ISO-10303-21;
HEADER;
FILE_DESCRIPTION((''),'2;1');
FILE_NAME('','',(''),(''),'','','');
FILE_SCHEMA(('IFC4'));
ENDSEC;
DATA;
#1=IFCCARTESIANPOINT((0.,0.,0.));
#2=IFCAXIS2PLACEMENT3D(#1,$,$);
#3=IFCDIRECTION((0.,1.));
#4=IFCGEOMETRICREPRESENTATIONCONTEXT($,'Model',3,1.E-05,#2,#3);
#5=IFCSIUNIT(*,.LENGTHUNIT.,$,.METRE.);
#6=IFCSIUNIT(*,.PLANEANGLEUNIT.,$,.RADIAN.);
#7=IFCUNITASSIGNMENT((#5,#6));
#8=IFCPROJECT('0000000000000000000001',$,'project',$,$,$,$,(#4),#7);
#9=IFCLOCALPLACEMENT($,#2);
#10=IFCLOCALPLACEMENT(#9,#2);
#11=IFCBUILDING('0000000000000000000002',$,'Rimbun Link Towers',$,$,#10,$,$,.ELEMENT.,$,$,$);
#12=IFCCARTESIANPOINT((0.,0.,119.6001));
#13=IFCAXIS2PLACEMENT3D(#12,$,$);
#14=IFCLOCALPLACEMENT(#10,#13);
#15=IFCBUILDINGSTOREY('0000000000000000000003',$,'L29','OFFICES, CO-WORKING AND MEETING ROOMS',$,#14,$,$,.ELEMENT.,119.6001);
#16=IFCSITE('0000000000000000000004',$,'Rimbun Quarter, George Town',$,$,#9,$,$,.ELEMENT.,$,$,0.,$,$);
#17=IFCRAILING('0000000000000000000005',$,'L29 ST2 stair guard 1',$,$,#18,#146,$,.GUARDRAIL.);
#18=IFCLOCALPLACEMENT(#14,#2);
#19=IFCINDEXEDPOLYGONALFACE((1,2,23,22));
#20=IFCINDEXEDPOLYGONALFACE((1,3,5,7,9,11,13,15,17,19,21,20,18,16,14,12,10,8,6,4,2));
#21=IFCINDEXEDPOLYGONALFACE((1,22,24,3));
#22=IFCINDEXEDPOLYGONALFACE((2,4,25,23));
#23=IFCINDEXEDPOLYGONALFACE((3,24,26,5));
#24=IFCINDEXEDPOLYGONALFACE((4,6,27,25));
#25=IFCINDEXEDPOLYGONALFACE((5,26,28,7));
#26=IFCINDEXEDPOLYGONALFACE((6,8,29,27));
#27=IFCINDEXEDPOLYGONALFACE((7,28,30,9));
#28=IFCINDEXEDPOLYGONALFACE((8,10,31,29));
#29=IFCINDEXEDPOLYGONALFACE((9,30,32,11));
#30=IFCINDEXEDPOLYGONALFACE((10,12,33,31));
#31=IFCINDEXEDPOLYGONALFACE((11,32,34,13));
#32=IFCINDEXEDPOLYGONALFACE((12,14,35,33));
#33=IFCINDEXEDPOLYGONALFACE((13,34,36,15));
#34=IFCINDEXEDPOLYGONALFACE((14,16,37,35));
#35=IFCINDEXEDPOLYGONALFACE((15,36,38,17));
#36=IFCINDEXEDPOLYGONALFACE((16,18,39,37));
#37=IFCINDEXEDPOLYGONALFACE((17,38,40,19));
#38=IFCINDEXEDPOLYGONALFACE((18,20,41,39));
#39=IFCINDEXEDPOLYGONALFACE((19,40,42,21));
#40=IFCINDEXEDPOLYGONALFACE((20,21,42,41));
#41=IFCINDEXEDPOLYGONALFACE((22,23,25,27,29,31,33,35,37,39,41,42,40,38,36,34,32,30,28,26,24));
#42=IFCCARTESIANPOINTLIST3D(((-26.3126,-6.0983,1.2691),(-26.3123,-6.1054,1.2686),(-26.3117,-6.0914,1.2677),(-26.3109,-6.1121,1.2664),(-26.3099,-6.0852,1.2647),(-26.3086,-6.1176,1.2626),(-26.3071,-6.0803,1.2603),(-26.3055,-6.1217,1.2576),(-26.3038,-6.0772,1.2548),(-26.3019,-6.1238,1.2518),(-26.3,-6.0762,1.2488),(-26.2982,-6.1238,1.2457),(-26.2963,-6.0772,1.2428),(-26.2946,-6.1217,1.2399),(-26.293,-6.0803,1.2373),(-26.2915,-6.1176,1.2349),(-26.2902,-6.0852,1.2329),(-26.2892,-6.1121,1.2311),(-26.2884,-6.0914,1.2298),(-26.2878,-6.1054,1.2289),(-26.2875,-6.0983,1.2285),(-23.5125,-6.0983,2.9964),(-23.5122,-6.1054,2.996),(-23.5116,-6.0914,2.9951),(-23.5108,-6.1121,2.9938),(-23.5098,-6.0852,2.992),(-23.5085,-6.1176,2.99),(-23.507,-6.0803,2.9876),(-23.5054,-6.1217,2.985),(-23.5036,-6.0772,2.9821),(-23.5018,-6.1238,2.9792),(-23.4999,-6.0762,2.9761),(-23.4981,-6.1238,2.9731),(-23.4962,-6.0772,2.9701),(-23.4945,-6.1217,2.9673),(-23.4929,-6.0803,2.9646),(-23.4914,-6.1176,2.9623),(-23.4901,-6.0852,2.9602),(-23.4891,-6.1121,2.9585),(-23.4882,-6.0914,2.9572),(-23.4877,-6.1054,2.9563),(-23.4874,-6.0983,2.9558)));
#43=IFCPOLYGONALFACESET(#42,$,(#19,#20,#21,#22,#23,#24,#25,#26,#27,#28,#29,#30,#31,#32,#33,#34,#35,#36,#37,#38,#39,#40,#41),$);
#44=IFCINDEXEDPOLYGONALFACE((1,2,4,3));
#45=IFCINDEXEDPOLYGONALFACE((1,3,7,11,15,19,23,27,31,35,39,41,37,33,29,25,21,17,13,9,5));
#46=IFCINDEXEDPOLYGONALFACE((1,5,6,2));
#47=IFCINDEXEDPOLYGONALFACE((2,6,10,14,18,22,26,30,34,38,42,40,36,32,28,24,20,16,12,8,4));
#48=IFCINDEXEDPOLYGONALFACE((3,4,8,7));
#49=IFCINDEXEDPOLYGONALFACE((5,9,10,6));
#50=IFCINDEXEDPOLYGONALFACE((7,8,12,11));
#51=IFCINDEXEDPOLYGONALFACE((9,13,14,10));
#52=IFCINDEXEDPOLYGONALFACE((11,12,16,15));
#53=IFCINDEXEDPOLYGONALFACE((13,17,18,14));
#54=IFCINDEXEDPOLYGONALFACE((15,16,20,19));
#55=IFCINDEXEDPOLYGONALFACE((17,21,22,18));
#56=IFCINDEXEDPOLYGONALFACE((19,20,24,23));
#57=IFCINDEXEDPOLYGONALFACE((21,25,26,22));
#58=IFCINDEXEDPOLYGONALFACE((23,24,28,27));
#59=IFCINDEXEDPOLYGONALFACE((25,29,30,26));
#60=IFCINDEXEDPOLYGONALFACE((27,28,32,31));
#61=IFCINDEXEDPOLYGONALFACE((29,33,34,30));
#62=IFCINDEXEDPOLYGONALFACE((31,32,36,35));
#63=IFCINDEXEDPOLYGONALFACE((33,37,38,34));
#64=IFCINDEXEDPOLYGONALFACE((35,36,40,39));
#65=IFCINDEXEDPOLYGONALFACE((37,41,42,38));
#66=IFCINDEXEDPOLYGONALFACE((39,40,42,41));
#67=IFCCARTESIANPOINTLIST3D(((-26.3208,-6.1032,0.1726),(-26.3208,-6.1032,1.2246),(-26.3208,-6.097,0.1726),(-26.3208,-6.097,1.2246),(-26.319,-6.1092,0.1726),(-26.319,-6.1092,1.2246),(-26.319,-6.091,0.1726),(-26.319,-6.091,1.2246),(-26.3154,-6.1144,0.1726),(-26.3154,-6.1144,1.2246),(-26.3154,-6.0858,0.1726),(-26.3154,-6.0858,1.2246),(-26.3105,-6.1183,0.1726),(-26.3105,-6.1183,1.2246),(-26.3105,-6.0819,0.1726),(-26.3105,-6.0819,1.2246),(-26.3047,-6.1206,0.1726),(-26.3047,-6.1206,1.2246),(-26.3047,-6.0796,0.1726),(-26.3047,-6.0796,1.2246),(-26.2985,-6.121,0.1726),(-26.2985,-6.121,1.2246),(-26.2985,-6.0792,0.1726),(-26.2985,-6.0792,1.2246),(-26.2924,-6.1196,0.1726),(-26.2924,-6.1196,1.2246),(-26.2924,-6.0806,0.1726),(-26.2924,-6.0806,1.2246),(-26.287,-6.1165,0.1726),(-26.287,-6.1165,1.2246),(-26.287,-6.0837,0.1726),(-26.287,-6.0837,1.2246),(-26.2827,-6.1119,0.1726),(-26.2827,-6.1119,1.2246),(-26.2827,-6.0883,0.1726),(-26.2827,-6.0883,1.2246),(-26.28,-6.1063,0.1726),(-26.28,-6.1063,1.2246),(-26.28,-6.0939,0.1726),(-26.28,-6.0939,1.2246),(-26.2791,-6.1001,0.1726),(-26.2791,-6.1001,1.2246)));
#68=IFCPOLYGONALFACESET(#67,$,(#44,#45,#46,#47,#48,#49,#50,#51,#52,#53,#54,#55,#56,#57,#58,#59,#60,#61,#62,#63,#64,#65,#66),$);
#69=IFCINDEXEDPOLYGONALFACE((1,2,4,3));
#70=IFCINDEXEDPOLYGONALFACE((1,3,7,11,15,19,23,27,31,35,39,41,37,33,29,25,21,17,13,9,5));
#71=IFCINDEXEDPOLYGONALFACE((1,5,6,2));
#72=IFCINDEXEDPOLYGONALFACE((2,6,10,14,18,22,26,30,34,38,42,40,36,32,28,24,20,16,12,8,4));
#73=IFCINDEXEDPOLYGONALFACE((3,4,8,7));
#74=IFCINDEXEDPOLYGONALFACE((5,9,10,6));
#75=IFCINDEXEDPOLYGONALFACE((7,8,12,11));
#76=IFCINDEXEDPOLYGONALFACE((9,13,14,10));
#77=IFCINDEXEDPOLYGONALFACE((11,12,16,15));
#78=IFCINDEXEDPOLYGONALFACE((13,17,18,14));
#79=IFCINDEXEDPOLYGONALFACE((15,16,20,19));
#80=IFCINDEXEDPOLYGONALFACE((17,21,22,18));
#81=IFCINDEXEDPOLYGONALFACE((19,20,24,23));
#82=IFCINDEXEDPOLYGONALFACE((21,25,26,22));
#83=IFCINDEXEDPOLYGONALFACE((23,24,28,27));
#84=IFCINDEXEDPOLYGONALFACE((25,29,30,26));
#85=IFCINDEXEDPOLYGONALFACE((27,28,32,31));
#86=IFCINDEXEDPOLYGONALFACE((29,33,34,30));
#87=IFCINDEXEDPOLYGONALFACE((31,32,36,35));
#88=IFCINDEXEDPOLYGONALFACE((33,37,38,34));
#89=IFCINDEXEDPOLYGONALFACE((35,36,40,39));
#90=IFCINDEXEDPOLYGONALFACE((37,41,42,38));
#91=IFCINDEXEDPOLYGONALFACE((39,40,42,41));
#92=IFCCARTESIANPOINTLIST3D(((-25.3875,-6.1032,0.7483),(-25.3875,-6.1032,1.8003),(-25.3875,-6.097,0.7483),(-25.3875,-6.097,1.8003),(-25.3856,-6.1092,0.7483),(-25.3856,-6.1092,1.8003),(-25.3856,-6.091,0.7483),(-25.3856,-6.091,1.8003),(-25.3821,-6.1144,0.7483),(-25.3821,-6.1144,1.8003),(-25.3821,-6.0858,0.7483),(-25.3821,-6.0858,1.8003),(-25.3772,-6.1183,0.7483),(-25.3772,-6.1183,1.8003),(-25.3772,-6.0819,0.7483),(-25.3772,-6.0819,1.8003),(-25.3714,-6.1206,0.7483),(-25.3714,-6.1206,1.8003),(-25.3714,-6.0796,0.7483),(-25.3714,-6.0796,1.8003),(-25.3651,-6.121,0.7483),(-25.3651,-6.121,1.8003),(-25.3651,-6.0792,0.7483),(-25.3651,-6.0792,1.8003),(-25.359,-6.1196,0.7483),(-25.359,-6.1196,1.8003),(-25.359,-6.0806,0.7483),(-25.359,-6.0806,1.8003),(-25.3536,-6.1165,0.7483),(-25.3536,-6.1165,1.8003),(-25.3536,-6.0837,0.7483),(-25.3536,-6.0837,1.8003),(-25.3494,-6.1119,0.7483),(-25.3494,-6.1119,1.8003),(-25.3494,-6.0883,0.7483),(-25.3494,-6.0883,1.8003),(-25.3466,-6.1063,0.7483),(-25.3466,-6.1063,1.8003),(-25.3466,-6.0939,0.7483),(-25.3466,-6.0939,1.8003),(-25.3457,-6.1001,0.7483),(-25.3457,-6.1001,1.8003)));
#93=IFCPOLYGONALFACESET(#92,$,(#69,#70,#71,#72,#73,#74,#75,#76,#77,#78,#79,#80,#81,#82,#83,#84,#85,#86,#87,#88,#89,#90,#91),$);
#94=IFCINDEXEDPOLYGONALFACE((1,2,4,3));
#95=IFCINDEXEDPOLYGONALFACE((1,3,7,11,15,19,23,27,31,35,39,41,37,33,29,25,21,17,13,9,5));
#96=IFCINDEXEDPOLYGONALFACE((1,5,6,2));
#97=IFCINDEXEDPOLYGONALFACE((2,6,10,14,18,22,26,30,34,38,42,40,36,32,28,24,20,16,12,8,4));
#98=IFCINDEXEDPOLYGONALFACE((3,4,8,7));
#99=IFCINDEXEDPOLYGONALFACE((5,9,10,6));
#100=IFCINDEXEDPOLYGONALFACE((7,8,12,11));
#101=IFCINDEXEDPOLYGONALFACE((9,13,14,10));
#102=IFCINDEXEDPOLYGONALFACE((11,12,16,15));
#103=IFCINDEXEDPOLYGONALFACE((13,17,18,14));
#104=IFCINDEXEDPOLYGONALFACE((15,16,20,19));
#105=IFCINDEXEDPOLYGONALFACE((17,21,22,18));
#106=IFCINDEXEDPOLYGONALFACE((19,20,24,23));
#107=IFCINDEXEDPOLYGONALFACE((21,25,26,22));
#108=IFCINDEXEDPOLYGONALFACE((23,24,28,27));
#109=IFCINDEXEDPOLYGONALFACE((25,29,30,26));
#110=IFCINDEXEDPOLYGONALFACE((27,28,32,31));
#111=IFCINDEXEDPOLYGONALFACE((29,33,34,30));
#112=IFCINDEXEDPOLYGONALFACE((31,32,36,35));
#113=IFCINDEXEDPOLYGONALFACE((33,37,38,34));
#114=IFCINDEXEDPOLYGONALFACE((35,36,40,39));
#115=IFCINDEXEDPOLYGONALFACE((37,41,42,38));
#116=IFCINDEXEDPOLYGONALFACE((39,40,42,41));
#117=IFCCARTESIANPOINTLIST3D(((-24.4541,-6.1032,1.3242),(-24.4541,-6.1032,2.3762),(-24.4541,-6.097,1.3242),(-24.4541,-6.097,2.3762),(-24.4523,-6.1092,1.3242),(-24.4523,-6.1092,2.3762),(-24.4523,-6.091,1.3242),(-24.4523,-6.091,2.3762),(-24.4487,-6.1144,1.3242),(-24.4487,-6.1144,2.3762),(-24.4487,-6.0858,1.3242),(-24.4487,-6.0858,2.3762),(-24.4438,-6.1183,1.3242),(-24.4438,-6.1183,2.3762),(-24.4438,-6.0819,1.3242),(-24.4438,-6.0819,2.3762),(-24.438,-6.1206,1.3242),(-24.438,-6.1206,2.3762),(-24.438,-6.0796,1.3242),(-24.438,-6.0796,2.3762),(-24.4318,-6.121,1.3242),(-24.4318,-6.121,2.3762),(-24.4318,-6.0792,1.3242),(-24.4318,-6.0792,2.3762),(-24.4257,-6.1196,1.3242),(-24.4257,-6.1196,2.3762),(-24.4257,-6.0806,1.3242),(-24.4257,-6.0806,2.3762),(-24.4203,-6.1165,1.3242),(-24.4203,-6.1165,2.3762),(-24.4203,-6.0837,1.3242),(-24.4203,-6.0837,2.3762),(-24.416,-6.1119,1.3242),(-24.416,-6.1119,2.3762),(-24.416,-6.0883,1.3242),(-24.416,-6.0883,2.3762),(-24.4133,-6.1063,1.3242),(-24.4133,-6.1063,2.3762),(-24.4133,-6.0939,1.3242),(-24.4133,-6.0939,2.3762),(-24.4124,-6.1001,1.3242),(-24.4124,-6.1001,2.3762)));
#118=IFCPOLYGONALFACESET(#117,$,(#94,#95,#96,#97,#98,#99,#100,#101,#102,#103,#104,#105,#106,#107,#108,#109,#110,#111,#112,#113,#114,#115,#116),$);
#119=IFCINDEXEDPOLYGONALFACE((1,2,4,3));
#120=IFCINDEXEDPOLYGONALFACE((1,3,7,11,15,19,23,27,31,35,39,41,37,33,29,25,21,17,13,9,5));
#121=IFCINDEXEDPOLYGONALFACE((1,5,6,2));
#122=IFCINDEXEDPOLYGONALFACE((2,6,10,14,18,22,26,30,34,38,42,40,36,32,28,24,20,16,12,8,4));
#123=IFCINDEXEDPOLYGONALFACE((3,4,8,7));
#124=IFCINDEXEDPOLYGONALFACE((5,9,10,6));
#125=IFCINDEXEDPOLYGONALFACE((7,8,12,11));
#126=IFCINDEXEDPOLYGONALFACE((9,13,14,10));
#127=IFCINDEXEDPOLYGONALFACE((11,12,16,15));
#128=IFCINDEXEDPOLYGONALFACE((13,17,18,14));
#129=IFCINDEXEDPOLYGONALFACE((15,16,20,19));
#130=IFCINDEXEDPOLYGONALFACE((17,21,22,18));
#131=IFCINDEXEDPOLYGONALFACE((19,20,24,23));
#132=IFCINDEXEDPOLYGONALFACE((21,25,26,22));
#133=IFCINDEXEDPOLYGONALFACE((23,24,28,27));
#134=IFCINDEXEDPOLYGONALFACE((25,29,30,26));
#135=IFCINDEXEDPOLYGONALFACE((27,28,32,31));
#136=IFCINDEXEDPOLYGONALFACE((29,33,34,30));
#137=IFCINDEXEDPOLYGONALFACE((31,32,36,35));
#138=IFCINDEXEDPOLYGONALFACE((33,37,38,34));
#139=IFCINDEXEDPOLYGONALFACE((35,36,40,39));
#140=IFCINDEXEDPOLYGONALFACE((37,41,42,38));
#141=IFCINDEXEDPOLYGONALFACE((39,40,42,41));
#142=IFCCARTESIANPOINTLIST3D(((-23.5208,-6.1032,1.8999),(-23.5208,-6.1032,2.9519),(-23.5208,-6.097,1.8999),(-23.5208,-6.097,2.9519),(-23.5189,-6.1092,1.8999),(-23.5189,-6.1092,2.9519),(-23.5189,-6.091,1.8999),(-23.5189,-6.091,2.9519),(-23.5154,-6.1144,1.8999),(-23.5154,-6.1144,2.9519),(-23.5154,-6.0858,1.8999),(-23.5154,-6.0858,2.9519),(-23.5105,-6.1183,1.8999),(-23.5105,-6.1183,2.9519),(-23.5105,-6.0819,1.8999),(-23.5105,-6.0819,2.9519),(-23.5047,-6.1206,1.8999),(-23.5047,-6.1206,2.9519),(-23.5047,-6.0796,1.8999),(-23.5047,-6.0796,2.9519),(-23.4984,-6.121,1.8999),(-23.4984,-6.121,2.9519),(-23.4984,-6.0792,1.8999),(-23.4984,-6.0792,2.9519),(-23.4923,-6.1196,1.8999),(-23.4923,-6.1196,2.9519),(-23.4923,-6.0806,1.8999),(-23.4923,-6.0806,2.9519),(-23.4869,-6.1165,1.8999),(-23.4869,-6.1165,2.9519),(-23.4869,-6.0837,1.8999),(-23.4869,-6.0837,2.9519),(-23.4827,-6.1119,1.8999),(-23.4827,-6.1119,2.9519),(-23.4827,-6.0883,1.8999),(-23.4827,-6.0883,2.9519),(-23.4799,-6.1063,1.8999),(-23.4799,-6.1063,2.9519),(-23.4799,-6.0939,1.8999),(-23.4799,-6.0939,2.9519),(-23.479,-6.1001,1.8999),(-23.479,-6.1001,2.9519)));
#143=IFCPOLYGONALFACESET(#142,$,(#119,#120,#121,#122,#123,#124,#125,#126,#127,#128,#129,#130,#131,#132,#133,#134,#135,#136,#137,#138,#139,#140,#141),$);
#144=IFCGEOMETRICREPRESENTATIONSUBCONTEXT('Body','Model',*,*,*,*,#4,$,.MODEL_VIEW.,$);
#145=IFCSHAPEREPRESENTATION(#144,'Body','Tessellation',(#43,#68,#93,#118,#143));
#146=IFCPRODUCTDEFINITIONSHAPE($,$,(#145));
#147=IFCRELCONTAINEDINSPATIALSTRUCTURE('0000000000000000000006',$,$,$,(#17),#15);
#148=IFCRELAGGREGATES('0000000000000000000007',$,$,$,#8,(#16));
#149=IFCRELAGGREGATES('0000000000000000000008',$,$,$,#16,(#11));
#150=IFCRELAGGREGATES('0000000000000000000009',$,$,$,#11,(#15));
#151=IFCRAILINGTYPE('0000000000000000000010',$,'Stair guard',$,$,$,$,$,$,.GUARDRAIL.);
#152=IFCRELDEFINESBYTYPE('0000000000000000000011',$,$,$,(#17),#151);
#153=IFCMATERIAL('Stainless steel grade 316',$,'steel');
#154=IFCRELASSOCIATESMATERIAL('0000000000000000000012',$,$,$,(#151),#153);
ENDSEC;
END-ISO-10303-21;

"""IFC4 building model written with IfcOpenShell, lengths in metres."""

from ifc_helpers import new_model, si_unit, direction, frame, origin, origin_2d, place, context, subcontext, project, spatial, circle, extrude, material, type_object, element, save


model = new_model("IFC4")

# Units and contexts
model_context = context("Model", 3, precision=1e-05, world=origin(), true_north=direction((0.0, 1.0)))
body_context = subcontext(model_context, "Body", "Model", "MODEL_VIEW")
ifc_project = project(units=[si_unit("LENGTHUNIT", "METRE"), si_unit("PLANEANGLEUNIT", "RADIAN")], contexts=[model_context])

# Site, building, storey
site_placement = place(None, origin())
site = spatial("IfcSite", under=ifc_project, at=site_placement, Name="Rimbun Quarter, George Town", CompositionType="ELEMENT", RefElevation=0.0)
building_placement = place(site_placement, origin())
building = spatial("IfcBuilding", under=site, at=building_placement, Name="Rimbun Link Towers", CompositionType="ELEMENT")
storey_placement = place(building_placement, frame((0.0, 0.0, 119.6001)))
storey = spatial("IfcBuildingStorey", under=building, at=storey_placement, Name="L29", Description="OFFICES, CO-WORKING AND MEETING ROOMS", CompositionType="ELEMENT", Elevation=119.6001)

# Railing
ifc_material_1 = material(Name="Stainless steel grade 316", Category="steel")
railing_type_1 = type_object("IfcRailingType", Name="Stair guard", PredefinedType="GUARDRAIL", material=ifc_material_1)
railing_1_placement = place(storey_placement, frame((-26.3, -6.1001, 0.1726)))
element("IfcRailing", 1, at=railing_1_placement, inside=storey, type_object=railing_type_1, Name="L29 ST2 stair guard 1", PredefinedType="GUARDRAIL", context=body_context, shape_type="SweptSolid", body=[
    extrude(circle(Radius=0.0239, at=origin_2d()), frame((0.0, 0.0, 1.0762), z_axis=(0.85109, 0.0, 0.52502), x_axis=(0.0, 1.0, 0.0)), (0.0, 0.0, 1.0), 3.29),
    extrude(circle(Radius=0.021, at=origin_2d()), origin(), (0.0, 0.0, 1.0), 1.052),
    extrude(circle(Radius=0.021, at=origin_2d()), frame((0.9333, 0.0, 0.5757)), (0.0, 0.0, 1.0), 1.052),
    extrude(circle(Radius=0.021, at=origin_2d()), frame((1.8667, 0.0, 1.1516)), (0.0, 0.0, 1.0), 1.052),
    extrude(circle(Radius=0.021, at=origin_2d()), frame((2.8, 0.0, 1.7273)), (0.0, 0.0, 1.0), 1.052),
])

save(model, "model.ifc")
